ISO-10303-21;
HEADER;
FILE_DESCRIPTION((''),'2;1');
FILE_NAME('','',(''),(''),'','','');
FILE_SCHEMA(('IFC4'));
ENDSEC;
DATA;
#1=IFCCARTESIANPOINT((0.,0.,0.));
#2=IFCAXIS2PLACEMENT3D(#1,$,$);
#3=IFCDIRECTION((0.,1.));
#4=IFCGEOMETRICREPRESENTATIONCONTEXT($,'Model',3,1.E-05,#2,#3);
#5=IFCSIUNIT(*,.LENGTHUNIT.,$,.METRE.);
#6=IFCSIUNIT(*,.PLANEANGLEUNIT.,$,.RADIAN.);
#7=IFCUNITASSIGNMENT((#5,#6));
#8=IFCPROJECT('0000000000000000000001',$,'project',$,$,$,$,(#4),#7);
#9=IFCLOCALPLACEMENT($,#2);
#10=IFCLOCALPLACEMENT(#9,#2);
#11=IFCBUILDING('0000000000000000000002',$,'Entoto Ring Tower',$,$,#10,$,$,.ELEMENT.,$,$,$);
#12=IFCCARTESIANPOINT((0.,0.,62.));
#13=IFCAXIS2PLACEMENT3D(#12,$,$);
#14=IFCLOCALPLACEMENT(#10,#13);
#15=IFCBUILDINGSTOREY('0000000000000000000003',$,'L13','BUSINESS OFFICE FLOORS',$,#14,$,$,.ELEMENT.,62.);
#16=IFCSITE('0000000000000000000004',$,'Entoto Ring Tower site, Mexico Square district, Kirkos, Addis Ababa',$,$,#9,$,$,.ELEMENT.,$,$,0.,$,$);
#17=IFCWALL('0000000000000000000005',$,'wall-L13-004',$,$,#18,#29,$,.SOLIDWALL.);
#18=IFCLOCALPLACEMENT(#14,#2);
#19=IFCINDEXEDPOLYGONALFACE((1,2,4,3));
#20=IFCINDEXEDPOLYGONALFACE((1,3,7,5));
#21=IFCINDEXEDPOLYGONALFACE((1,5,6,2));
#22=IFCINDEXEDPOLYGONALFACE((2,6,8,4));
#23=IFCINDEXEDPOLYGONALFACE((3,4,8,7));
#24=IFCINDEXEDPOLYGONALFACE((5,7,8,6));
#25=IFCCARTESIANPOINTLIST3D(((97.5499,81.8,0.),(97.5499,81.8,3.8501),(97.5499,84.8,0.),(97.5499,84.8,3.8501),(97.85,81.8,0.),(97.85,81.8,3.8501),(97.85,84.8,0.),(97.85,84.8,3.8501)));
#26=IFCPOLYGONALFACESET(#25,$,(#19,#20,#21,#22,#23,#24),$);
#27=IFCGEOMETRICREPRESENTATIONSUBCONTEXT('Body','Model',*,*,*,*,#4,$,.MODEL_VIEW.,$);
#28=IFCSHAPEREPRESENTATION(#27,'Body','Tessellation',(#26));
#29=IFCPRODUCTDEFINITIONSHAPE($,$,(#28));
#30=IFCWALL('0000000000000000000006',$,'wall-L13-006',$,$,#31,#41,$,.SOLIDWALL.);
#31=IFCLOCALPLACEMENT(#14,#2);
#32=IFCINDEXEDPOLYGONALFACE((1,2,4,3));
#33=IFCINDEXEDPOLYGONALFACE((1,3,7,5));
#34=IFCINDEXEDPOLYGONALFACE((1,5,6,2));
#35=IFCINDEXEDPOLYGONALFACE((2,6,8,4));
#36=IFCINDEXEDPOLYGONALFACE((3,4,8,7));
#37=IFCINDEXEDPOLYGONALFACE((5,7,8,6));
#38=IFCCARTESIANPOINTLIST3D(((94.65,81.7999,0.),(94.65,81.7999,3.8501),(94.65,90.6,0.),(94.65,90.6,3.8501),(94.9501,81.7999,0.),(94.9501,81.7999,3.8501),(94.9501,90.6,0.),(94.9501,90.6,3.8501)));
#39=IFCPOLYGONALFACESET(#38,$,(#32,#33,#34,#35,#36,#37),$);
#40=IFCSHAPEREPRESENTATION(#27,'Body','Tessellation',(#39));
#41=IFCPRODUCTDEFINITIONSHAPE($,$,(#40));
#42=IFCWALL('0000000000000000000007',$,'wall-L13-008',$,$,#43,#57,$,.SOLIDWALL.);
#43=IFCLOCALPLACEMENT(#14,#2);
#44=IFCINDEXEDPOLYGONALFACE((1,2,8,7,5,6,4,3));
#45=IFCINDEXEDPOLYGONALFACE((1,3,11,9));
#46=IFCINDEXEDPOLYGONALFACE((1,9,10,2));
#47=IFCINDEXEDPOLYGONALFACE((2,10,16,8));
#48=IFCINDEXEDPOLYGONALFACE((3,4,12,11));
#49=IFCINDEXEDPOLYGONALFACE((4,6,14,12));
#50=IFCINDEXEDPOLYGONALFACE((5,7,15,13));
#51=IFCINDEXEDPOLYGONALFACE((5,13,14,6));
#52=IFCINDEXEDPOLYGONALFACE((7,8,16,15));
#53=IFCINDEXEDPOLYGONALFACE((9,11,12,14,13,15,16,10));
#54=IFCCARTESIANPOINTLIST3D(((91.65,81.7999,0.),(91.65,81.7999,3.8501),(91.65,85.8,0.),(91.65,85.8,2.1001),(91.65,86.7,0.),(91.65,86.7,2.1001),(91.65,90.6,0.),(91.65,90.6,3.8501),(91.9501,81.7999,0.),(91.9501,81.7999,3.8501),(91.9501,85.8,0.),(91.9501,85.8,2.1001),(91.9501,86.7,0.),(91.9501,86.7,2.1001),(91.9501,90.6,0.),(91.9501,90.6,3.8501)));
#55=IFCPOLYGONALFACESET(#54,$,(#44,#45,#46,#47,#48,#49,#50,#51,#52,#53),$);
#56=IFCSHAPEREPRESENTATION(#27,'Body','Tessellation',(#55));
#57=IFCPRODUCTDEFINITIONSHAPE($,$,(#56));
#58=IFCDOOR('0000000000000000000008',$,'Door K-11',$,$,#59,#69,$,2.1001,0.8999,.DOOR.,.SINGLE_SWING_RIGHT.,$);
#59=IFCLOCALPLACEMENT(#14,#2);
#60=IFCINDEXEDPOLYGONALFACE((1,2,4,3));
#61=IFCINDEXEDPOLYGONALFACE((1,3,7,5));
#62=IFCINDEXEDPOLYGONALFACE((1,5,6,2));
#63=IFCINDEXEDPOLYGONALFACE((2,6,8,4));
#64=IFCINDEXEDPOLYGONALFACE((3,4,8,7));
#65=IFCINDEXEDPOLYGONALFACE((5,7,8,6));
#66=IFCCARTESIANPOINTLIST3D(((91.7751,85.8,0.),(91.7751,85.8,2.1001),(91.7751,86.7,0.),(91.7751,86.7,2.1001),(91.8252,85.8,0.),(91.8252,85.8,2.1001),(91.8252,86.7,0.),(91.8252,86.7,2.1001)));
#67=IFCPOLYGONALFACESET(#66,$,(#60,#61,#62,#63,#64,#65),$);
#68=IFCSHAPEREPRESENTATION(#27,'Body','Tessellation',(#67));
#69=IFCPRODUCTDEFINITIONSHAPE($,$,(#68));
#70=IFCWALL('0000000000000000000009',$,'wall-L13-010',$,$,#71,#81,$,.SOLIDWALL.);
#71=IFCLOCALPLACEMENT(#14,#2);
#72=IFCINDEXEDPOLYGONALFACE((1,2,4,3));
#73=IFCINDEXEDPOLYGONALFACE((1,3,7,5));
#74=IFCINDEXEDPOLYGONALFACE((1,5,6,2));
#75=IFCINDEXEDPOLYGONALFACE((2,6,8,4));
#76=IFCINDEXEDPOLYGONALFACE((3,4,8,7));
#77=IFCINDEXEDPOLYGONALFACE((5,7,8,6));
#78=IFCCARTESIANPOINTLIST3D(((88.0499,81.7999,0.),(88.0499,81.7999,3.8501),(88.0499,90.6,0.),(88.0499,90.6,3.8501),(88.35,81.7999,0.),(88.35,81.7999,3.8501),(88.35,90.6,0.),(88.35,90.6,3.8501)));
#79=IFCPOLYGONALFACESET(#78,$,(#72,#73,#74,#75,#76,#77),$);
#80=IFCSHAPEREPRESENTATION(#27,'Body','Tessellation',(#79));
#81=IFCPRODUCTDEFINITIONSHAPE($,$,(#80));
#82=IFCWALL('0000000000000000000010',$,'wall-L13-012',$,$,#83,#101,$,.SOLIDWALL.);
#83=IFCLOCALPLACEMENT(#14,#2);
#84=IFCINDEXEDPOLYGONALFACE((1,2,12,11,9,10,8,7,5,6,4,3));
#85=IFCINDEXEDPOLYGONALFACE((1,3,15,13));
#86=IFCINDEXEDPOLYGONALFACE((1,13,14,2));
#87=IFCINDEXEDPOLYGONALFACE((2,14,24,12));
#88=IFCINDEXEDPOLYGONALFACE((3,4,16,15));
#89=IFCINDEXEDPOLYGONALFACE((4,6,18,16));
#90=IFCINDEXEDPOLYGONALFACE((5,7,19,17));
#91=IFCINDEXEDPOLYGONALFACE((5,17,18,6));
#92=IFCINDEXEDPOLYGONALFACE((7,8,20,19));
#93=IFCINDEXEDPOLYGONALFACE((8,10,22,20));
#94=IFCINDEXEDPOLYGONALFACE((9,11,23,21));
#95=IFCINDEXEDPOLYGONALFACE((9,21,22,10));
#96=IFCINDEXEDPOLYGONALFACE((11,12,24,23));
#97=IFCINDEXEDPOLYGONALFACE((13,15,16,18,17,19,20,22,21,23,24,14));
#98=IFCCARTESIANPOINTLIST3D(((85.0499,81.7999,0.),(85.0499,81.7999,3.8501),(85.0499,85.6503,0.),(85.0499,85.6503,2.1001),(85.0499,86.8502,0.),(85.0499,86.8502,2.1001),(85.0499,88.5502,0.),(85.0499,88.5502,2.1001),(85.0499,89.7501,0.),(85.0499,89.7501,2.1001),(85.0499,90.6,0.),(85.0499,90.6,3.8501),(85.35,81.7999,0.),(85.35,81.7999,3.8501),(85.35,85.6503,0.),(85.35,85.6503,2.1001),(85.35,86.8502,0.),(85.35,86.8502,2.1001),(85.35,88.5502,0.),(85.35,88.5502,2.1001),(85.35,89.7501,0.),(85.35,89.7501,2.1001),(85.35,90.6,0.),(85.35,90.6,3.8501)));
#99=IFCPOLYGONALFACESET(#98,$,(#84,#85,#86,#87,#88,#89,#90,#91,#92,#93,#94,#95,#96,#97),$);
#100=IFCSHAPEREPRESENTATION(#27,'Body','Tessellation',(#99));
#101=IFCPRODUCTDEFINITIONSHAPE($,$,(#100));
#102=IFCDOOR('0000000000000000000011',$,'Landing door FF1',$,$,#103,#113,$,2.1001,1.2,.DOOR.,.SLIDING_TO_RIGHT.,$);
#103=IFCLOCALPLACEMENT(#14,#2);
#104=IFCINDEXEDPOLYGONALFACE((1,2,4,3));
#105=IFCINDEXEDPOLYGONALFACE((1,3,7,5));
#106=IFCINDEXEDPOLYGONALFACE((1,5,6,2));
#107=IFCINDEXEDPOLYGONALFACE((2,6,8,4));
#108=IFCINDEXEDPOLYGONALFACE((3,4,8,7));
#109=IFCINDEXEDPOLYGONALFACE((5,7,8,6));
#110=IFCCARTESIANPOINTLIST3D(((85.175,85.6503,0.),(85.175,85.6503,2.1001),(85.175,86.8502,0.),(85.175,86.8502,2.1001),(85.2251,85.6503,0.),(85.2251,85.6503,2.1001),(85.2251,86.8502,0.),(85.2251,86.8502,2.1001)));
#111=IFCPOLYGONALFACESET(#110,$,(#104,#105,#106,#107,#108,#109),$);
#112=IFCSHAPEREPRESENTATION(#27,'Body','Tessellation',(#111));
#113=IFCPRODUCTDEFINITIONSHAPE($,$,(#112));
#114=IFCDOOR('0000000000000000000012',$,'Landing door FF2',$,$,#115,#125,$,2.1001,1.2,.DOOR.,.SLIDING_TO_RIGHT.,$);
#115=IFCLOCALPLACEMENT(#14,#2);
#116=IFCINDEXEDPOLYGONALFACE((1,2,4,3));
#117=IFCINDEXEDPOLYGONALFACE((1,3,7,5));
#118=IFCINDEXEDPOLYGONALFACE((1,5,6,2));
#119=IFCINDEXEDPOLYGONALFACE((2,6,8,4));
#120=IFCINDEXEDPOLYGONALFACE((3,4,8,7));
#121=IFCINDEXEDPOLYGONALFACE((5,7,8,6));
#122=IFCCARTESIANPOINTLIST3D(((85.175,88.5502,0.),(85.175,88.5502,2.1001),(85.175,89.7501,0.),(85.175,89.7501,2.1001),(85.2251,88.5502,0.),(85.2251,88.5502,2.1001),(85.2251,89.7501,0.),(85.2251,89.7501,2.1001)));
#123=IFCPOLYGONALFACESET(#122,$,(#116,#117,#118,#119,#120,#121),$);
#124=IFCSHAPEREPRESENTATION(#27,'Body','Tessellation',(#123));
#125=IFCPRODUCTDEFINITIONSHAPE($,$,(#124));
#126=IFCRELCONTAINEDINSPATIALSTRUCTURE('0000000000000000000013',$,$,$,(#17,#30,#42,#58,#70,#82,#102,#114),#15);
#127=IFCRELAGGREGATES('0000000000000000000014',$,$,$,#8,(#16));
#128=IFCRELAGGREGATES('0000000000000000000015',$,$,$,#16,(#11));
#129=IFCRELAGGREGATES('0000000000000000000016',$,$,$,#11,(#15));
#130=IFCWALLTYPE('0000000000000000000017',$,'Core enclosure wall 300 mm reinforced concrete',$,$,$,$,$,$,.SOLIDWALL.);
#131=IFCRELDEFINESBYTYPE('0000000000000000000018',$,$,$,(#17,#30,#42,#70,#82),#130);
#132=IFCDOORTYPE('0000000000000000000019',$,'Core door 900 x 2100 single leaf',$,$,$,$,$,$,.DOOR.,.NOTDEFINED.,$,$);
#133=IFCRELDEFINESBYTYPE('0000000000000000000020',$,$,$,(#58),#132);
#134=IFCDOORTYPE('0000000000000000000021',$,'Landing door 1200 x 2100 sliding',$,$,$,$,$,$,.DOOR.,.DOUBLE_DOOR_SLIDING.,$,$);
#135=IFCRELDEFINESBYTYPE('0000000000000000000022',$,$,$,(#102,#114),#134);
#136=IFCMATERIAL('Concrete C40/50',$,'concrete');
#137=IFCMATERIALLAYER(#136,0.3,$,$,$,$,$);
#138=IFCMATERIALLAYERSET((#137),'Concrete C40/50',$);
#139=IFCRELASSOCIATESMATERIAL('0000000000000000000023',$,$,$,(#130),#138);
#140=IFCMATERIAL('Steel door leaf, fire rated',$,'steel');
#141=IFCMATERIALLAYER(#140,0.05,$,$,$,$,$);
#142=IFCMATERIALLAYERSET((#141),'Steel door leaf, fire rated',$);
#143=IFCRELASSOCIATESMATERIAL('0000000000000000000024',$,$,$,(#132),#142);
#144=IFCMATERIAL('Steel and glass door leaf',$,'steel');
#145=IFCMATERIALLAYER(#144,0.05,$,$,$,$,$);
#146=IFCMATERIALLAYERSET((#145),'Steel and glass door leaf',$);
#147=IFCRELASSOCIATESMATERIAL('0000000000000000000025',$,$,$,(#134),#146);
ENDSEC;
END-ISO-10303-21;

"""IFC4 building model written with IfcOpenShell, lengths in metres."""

from ifc_helpers import new_model, si_unit, direction, frame, frame_2d, origin, place, context, subcontext, project, spatial, rectangle, extrude, material, layer, layer_set, type_object, element, fill, save


model = new_model("IFC4")

# Units and contexts
model_context = context("Model", 3, precision=1e-05, world=origin(), true_north=direction((0.0, 1.0)))
body_context = subcontext(model_context, "Body", "Model", "MODEL_VIEW")
ifc_project = project(units=[si_unit("LENGTHUNIT", "METRE"), si_unit("PLANEANGLEUNIT", "RADIAN")], contexts=[model_context])

# Site, building, storey
site_placement = place(None, origin())
site = spatial("IfcSite", under=ifc_project, at=site_placement, Name="Entoto Ring Tower site, Mexico Square district, Kirkos, Addis Ababa", CompositionType="ELEMENT", RefElevation=0.0)
building_placement = place(site_placement, origin())
building = spatial("IfcBuilding", under=site, at=building_placement, Name="Entoto Ring Tower", CompositionType="ELEMENT")
storey_placement = place(building_placement, frame((0.0, 0.0, 62.0)))
storey = spatial("IfcBuildingStorey", under=building, at=storey_placement, Name="L13", Description="BUSINESS OFFICE FLOORS", CompositionType="ELEMENT", Elevation=62.0)

# Walls
ifc_material_1 = material(Name="Concrete C40/50", Category="concrete")
ifc_layer_1 = layer(ifc_material_1, 0.3)
ifc_layer_set_1 = layer_set([ifc_layer_1], Name="Concrete C40/50")
wall_type = type_object("IfcWallType", Name="Core enclosure wall 300 mm reinforced concrete", PredefinedType="SOLIDWALL", material=ifc_layer_set_1)
wall_1_placement = place(storey_placement, frame((97.7, 81.8, 0.0), z_axis=(0.0, 0.0, 1.0), x_axis=(0.0, 1.0, 0.0)))
element("IfcWall", 1, at=wall_1_placement, inside=storey, type_object=wall_type, Name="wall-L13-004", PredefinedType="SOLIDWALL", context=body_context, shape_type="SweptSolid", body=[
    extrude(rectangle(XDim=3.0, YDim=0.3, at=frame_2d((1.5, 0.0))), origin(), (0.0, 0.0, 1.0), 3.8501),
])
wall_2_placement = place(storey_placement, frame((94.8, 81.8, 0.0), z_axis=(0.0, 0.0, 1.0), x_axis=(0.0, 1.0, 0.0)))
element("IfcWall", 2, at=wall_2_placement, inside=storey, type_object=wall_type, Name="wall-L13-006", PredefinedType="SOLIDWALL", context=body_context, shape_type="SweptSolid", body=[
    extrude(rectangle(XDim=8.8, YDim=0.3, at=frame_2d((4.3999, 0.0))), origin(), (0.0, 0.0, 1.0), 3.8501),
])

# Wall, opening, door
wall_3_placement = place(storey_placement, frame((91.8, 81.8, 0.0), z_axis=(0.0, 0.0, 1.0), x_axis=(0.0, 1.0, 0.0)))
wall_3 = element("IfcWall", 3, at=wall_3_placement, inside=storey, type_object=wall_type, Name="wall-L13-008", PredefinedType="SOLIDWALL", context=body_context, shape_type="SweptSolid", body=[
    extrude(rectangle(XDim=8.8, YDim=0.3, at=frame_2d((4.3999, 0.0))), origin(), (0.0, 0.0, 1.0), 3.8501),
])
opening_1_placement = place(wall_3_placement, frame((4.0, 0.0, 0.0)))
opening_1 = element("IfcOpeningElement", 4, at=opening_1_placement, cuts=wall_3, PredefinedType="OPENING", context=body_context, shape_type="SweptSolid", body=[
    extrude(rectangle(XDim=0.8999, YDim=2.1001, at=frame_2d((0.45, 1.05))), frame((0.0, 0.1602, 0.0), z_axis=(0.0, -1.0, 0.0), x_axis=(1.0, 0.0, 0.0)), (0.0, 0.0, 1.0), 0.3201),
])
ifc_material_2 = material(Name="Steel door leaf, fire rated", Category="steel")
ifc_layer_2 = layer(ifc_material_2, 0.05)
ifc_layer_set_2 = layer_set([ifc_layer_2], Name="Steel door leaf, fire rated")
door_type_1 = type_object("IfcDoorType", Name="Core door 900 x 2100 single leaf", OperationType="NOTDEFINED", PredefinedType="DOOR", material=ifc_layer_set_2)
door_1_placement = place(opening_1_placement, origin())
door_1 = element("IfcDoor", 5, at=door_1_placement, inside=storey, type_object=door_type_1, Name="Door K-11", OperationType="SINGLE_SWING_RIGHT", OverallHeight=2.1001, OverallWidth=0.8999, PredefinedType="DOOR", context=body_context, shape_type="SweptSolid", body=[
    extrude(rectangle(XDim=0.8999, YDim=2.1001, at=frame_2d((0.45, 1.05))), frame((0.0, 0.0249, 0.0), z_axis=(0.0, -1.0, 0.0), x_axis=(1.0, 0.0, 0.0)), (0.0, 0.0, 1.0), 0.05),
])
fill(opening_1, door_1)

# Wall
wall_4_placement = place(storey_placement, frame((88.2, 81.8, 0.0), z_axis=(0.0, 0.0, 1.0), x_axis=(0.0, 1.0, 0.0)))
element("IfcWall", 6, at=wall_4_placement, inside=storey, type_object=wall_type, Name="wall-L13-010", PredefinedType="SOLIDWALL", context=body_context, shape_type="SweptSolid", body=[
    extrude(rectangle(XDim=8.8, YDim=0.3, at=frame_2d((4.3999, 0.0))), origin(), (0.0, 0.0, 1.0), 3.8501),
])

# Wall, openings, doors
wall_5_placement = place(storey_placement, frame((85.2, 81.8, 0.0), z_axis=(0.0, 0.0, 1.0), x_axis=(0.0, 1.0, 0.0)))
wall_5 = element("IfcWall", 7, at=wall_5_placement, inside=storey, type_object=wall_type, Name="wall-L13-012", PredefinedType="SOLIDWALL", context=body_context, shape_type="SweptSolid", body=[
    extrude(rectangle(XDim=8.8, YDim=0.3, at=frame_2d((4.3999, 0.0))), origin(), (0.0, 0.0, 1.0), 3.8501),
])
opening_2_placement = place(wall_5_placement, frame((3.8501, 0.0, 0.0)))
opening_2 = element("IfcOpeningElement", 8, at=opening_2_placement, cuts=wall_5, PredefinedType="OPENING", context=body_context, shape_type="SweptSolid", body=[
    extrude(rectangle(XDim=1.2, YDim=2.1001, at=frame_2d((0.6001, 1.05))), frame((0.0, 0.1602, 0.0), z_axis=(0.0, -1.0, 0.0), x_axis=(1.0, 0.0, 0.0)), (0.0, 0.0, 1.0), 0.3201),
])
opening_3_placement = place(wall_5_placement, frame((6.75, 0.0, 0.0)))
opening_3 = element("IfcOpeningElement", 9, at=opening_3_placement, cuts=wall_5, PredefinedType="OPENING", context=body_context, shape_type="SweptSolid", body=[
    extrude(rectangle(XDim=1.2, YDim=2.1001, at=frame_2d((0.6001, 1.05))), frame((0.0, 0.1602, 0.0), z_axis=(0.0, -1.0, 0.0), x_axis=(1.0, 0.0, 0.0)), (0.0, 0.0, 1.0), 0.3201),
])
ifc_material_3 = material(Name="Steel and glass door leaf", Category="steel")
ifc_layer_3 = layer(ifc_material_3, 0.05)
ifc_layer_set_3 = layer_set([ifc_layer_3], Name="Steel and glass door leaf")
door_type_2 = type_object("IfcDoorType", Name="Landing door 1200 x 2100 sliding", OperationType="DOUBLE_DOOR_SLIDING", PredefinedType="DOOR", material=ifc_layer_set_3)
door_2_placement = place(opening_2_placement, origin())
door_2 = element("IfcDoor", 10, at=door_2_placement, inside=storey, type_object=door_type_2, Name="Landing door FF1", OperationType="SLIDING_TO_RIGHT", OverallHeight=2.1001, OverallWidth=1.2, PredefinedType="DOOR", context=body_context, shape_type="SweptSolid", body=[
    extrude(rectangle(XDim=1.2, YDim=2.1001, at=frame_2d((0.6001, 1.05))), frame((0.0, 0.0249, 0.0), z_axis=(0.0, -1.0, 0.0), x_axis=(1.0, 0.0, 0.0)), (0.0, 0.0, 1.0), 0.05),
])
fill(opening_2, door_2)
door_3_placement = place(opening_3_placement, origin())
door_3 = element("IfcDoor", 11, at=door_3_placement, inside=storey, type_object=door_type_2, Name="Landing door FF2", OperationType="SLIDING_TO_RIGHT", OverallHeight=2.1001, OverallWidth=1.2, PredefinedType="DOOR", context=body_context, shape_type="SweptSolid", body=[
    extrude(rectangle(XDim=1.2, YDim=2.1001, at=frame_2d((0.6001, 1.05))), frame((0.0, 0.0249, 0.0), z_axis=(0.0, -1.0, 0.0), x_axis=(1.0, 0.0, 0.0)), (0.0, 0.0, 1.0), 0.05),
])
fill(opening_3, door_3)

save(model, "model.ifc")
